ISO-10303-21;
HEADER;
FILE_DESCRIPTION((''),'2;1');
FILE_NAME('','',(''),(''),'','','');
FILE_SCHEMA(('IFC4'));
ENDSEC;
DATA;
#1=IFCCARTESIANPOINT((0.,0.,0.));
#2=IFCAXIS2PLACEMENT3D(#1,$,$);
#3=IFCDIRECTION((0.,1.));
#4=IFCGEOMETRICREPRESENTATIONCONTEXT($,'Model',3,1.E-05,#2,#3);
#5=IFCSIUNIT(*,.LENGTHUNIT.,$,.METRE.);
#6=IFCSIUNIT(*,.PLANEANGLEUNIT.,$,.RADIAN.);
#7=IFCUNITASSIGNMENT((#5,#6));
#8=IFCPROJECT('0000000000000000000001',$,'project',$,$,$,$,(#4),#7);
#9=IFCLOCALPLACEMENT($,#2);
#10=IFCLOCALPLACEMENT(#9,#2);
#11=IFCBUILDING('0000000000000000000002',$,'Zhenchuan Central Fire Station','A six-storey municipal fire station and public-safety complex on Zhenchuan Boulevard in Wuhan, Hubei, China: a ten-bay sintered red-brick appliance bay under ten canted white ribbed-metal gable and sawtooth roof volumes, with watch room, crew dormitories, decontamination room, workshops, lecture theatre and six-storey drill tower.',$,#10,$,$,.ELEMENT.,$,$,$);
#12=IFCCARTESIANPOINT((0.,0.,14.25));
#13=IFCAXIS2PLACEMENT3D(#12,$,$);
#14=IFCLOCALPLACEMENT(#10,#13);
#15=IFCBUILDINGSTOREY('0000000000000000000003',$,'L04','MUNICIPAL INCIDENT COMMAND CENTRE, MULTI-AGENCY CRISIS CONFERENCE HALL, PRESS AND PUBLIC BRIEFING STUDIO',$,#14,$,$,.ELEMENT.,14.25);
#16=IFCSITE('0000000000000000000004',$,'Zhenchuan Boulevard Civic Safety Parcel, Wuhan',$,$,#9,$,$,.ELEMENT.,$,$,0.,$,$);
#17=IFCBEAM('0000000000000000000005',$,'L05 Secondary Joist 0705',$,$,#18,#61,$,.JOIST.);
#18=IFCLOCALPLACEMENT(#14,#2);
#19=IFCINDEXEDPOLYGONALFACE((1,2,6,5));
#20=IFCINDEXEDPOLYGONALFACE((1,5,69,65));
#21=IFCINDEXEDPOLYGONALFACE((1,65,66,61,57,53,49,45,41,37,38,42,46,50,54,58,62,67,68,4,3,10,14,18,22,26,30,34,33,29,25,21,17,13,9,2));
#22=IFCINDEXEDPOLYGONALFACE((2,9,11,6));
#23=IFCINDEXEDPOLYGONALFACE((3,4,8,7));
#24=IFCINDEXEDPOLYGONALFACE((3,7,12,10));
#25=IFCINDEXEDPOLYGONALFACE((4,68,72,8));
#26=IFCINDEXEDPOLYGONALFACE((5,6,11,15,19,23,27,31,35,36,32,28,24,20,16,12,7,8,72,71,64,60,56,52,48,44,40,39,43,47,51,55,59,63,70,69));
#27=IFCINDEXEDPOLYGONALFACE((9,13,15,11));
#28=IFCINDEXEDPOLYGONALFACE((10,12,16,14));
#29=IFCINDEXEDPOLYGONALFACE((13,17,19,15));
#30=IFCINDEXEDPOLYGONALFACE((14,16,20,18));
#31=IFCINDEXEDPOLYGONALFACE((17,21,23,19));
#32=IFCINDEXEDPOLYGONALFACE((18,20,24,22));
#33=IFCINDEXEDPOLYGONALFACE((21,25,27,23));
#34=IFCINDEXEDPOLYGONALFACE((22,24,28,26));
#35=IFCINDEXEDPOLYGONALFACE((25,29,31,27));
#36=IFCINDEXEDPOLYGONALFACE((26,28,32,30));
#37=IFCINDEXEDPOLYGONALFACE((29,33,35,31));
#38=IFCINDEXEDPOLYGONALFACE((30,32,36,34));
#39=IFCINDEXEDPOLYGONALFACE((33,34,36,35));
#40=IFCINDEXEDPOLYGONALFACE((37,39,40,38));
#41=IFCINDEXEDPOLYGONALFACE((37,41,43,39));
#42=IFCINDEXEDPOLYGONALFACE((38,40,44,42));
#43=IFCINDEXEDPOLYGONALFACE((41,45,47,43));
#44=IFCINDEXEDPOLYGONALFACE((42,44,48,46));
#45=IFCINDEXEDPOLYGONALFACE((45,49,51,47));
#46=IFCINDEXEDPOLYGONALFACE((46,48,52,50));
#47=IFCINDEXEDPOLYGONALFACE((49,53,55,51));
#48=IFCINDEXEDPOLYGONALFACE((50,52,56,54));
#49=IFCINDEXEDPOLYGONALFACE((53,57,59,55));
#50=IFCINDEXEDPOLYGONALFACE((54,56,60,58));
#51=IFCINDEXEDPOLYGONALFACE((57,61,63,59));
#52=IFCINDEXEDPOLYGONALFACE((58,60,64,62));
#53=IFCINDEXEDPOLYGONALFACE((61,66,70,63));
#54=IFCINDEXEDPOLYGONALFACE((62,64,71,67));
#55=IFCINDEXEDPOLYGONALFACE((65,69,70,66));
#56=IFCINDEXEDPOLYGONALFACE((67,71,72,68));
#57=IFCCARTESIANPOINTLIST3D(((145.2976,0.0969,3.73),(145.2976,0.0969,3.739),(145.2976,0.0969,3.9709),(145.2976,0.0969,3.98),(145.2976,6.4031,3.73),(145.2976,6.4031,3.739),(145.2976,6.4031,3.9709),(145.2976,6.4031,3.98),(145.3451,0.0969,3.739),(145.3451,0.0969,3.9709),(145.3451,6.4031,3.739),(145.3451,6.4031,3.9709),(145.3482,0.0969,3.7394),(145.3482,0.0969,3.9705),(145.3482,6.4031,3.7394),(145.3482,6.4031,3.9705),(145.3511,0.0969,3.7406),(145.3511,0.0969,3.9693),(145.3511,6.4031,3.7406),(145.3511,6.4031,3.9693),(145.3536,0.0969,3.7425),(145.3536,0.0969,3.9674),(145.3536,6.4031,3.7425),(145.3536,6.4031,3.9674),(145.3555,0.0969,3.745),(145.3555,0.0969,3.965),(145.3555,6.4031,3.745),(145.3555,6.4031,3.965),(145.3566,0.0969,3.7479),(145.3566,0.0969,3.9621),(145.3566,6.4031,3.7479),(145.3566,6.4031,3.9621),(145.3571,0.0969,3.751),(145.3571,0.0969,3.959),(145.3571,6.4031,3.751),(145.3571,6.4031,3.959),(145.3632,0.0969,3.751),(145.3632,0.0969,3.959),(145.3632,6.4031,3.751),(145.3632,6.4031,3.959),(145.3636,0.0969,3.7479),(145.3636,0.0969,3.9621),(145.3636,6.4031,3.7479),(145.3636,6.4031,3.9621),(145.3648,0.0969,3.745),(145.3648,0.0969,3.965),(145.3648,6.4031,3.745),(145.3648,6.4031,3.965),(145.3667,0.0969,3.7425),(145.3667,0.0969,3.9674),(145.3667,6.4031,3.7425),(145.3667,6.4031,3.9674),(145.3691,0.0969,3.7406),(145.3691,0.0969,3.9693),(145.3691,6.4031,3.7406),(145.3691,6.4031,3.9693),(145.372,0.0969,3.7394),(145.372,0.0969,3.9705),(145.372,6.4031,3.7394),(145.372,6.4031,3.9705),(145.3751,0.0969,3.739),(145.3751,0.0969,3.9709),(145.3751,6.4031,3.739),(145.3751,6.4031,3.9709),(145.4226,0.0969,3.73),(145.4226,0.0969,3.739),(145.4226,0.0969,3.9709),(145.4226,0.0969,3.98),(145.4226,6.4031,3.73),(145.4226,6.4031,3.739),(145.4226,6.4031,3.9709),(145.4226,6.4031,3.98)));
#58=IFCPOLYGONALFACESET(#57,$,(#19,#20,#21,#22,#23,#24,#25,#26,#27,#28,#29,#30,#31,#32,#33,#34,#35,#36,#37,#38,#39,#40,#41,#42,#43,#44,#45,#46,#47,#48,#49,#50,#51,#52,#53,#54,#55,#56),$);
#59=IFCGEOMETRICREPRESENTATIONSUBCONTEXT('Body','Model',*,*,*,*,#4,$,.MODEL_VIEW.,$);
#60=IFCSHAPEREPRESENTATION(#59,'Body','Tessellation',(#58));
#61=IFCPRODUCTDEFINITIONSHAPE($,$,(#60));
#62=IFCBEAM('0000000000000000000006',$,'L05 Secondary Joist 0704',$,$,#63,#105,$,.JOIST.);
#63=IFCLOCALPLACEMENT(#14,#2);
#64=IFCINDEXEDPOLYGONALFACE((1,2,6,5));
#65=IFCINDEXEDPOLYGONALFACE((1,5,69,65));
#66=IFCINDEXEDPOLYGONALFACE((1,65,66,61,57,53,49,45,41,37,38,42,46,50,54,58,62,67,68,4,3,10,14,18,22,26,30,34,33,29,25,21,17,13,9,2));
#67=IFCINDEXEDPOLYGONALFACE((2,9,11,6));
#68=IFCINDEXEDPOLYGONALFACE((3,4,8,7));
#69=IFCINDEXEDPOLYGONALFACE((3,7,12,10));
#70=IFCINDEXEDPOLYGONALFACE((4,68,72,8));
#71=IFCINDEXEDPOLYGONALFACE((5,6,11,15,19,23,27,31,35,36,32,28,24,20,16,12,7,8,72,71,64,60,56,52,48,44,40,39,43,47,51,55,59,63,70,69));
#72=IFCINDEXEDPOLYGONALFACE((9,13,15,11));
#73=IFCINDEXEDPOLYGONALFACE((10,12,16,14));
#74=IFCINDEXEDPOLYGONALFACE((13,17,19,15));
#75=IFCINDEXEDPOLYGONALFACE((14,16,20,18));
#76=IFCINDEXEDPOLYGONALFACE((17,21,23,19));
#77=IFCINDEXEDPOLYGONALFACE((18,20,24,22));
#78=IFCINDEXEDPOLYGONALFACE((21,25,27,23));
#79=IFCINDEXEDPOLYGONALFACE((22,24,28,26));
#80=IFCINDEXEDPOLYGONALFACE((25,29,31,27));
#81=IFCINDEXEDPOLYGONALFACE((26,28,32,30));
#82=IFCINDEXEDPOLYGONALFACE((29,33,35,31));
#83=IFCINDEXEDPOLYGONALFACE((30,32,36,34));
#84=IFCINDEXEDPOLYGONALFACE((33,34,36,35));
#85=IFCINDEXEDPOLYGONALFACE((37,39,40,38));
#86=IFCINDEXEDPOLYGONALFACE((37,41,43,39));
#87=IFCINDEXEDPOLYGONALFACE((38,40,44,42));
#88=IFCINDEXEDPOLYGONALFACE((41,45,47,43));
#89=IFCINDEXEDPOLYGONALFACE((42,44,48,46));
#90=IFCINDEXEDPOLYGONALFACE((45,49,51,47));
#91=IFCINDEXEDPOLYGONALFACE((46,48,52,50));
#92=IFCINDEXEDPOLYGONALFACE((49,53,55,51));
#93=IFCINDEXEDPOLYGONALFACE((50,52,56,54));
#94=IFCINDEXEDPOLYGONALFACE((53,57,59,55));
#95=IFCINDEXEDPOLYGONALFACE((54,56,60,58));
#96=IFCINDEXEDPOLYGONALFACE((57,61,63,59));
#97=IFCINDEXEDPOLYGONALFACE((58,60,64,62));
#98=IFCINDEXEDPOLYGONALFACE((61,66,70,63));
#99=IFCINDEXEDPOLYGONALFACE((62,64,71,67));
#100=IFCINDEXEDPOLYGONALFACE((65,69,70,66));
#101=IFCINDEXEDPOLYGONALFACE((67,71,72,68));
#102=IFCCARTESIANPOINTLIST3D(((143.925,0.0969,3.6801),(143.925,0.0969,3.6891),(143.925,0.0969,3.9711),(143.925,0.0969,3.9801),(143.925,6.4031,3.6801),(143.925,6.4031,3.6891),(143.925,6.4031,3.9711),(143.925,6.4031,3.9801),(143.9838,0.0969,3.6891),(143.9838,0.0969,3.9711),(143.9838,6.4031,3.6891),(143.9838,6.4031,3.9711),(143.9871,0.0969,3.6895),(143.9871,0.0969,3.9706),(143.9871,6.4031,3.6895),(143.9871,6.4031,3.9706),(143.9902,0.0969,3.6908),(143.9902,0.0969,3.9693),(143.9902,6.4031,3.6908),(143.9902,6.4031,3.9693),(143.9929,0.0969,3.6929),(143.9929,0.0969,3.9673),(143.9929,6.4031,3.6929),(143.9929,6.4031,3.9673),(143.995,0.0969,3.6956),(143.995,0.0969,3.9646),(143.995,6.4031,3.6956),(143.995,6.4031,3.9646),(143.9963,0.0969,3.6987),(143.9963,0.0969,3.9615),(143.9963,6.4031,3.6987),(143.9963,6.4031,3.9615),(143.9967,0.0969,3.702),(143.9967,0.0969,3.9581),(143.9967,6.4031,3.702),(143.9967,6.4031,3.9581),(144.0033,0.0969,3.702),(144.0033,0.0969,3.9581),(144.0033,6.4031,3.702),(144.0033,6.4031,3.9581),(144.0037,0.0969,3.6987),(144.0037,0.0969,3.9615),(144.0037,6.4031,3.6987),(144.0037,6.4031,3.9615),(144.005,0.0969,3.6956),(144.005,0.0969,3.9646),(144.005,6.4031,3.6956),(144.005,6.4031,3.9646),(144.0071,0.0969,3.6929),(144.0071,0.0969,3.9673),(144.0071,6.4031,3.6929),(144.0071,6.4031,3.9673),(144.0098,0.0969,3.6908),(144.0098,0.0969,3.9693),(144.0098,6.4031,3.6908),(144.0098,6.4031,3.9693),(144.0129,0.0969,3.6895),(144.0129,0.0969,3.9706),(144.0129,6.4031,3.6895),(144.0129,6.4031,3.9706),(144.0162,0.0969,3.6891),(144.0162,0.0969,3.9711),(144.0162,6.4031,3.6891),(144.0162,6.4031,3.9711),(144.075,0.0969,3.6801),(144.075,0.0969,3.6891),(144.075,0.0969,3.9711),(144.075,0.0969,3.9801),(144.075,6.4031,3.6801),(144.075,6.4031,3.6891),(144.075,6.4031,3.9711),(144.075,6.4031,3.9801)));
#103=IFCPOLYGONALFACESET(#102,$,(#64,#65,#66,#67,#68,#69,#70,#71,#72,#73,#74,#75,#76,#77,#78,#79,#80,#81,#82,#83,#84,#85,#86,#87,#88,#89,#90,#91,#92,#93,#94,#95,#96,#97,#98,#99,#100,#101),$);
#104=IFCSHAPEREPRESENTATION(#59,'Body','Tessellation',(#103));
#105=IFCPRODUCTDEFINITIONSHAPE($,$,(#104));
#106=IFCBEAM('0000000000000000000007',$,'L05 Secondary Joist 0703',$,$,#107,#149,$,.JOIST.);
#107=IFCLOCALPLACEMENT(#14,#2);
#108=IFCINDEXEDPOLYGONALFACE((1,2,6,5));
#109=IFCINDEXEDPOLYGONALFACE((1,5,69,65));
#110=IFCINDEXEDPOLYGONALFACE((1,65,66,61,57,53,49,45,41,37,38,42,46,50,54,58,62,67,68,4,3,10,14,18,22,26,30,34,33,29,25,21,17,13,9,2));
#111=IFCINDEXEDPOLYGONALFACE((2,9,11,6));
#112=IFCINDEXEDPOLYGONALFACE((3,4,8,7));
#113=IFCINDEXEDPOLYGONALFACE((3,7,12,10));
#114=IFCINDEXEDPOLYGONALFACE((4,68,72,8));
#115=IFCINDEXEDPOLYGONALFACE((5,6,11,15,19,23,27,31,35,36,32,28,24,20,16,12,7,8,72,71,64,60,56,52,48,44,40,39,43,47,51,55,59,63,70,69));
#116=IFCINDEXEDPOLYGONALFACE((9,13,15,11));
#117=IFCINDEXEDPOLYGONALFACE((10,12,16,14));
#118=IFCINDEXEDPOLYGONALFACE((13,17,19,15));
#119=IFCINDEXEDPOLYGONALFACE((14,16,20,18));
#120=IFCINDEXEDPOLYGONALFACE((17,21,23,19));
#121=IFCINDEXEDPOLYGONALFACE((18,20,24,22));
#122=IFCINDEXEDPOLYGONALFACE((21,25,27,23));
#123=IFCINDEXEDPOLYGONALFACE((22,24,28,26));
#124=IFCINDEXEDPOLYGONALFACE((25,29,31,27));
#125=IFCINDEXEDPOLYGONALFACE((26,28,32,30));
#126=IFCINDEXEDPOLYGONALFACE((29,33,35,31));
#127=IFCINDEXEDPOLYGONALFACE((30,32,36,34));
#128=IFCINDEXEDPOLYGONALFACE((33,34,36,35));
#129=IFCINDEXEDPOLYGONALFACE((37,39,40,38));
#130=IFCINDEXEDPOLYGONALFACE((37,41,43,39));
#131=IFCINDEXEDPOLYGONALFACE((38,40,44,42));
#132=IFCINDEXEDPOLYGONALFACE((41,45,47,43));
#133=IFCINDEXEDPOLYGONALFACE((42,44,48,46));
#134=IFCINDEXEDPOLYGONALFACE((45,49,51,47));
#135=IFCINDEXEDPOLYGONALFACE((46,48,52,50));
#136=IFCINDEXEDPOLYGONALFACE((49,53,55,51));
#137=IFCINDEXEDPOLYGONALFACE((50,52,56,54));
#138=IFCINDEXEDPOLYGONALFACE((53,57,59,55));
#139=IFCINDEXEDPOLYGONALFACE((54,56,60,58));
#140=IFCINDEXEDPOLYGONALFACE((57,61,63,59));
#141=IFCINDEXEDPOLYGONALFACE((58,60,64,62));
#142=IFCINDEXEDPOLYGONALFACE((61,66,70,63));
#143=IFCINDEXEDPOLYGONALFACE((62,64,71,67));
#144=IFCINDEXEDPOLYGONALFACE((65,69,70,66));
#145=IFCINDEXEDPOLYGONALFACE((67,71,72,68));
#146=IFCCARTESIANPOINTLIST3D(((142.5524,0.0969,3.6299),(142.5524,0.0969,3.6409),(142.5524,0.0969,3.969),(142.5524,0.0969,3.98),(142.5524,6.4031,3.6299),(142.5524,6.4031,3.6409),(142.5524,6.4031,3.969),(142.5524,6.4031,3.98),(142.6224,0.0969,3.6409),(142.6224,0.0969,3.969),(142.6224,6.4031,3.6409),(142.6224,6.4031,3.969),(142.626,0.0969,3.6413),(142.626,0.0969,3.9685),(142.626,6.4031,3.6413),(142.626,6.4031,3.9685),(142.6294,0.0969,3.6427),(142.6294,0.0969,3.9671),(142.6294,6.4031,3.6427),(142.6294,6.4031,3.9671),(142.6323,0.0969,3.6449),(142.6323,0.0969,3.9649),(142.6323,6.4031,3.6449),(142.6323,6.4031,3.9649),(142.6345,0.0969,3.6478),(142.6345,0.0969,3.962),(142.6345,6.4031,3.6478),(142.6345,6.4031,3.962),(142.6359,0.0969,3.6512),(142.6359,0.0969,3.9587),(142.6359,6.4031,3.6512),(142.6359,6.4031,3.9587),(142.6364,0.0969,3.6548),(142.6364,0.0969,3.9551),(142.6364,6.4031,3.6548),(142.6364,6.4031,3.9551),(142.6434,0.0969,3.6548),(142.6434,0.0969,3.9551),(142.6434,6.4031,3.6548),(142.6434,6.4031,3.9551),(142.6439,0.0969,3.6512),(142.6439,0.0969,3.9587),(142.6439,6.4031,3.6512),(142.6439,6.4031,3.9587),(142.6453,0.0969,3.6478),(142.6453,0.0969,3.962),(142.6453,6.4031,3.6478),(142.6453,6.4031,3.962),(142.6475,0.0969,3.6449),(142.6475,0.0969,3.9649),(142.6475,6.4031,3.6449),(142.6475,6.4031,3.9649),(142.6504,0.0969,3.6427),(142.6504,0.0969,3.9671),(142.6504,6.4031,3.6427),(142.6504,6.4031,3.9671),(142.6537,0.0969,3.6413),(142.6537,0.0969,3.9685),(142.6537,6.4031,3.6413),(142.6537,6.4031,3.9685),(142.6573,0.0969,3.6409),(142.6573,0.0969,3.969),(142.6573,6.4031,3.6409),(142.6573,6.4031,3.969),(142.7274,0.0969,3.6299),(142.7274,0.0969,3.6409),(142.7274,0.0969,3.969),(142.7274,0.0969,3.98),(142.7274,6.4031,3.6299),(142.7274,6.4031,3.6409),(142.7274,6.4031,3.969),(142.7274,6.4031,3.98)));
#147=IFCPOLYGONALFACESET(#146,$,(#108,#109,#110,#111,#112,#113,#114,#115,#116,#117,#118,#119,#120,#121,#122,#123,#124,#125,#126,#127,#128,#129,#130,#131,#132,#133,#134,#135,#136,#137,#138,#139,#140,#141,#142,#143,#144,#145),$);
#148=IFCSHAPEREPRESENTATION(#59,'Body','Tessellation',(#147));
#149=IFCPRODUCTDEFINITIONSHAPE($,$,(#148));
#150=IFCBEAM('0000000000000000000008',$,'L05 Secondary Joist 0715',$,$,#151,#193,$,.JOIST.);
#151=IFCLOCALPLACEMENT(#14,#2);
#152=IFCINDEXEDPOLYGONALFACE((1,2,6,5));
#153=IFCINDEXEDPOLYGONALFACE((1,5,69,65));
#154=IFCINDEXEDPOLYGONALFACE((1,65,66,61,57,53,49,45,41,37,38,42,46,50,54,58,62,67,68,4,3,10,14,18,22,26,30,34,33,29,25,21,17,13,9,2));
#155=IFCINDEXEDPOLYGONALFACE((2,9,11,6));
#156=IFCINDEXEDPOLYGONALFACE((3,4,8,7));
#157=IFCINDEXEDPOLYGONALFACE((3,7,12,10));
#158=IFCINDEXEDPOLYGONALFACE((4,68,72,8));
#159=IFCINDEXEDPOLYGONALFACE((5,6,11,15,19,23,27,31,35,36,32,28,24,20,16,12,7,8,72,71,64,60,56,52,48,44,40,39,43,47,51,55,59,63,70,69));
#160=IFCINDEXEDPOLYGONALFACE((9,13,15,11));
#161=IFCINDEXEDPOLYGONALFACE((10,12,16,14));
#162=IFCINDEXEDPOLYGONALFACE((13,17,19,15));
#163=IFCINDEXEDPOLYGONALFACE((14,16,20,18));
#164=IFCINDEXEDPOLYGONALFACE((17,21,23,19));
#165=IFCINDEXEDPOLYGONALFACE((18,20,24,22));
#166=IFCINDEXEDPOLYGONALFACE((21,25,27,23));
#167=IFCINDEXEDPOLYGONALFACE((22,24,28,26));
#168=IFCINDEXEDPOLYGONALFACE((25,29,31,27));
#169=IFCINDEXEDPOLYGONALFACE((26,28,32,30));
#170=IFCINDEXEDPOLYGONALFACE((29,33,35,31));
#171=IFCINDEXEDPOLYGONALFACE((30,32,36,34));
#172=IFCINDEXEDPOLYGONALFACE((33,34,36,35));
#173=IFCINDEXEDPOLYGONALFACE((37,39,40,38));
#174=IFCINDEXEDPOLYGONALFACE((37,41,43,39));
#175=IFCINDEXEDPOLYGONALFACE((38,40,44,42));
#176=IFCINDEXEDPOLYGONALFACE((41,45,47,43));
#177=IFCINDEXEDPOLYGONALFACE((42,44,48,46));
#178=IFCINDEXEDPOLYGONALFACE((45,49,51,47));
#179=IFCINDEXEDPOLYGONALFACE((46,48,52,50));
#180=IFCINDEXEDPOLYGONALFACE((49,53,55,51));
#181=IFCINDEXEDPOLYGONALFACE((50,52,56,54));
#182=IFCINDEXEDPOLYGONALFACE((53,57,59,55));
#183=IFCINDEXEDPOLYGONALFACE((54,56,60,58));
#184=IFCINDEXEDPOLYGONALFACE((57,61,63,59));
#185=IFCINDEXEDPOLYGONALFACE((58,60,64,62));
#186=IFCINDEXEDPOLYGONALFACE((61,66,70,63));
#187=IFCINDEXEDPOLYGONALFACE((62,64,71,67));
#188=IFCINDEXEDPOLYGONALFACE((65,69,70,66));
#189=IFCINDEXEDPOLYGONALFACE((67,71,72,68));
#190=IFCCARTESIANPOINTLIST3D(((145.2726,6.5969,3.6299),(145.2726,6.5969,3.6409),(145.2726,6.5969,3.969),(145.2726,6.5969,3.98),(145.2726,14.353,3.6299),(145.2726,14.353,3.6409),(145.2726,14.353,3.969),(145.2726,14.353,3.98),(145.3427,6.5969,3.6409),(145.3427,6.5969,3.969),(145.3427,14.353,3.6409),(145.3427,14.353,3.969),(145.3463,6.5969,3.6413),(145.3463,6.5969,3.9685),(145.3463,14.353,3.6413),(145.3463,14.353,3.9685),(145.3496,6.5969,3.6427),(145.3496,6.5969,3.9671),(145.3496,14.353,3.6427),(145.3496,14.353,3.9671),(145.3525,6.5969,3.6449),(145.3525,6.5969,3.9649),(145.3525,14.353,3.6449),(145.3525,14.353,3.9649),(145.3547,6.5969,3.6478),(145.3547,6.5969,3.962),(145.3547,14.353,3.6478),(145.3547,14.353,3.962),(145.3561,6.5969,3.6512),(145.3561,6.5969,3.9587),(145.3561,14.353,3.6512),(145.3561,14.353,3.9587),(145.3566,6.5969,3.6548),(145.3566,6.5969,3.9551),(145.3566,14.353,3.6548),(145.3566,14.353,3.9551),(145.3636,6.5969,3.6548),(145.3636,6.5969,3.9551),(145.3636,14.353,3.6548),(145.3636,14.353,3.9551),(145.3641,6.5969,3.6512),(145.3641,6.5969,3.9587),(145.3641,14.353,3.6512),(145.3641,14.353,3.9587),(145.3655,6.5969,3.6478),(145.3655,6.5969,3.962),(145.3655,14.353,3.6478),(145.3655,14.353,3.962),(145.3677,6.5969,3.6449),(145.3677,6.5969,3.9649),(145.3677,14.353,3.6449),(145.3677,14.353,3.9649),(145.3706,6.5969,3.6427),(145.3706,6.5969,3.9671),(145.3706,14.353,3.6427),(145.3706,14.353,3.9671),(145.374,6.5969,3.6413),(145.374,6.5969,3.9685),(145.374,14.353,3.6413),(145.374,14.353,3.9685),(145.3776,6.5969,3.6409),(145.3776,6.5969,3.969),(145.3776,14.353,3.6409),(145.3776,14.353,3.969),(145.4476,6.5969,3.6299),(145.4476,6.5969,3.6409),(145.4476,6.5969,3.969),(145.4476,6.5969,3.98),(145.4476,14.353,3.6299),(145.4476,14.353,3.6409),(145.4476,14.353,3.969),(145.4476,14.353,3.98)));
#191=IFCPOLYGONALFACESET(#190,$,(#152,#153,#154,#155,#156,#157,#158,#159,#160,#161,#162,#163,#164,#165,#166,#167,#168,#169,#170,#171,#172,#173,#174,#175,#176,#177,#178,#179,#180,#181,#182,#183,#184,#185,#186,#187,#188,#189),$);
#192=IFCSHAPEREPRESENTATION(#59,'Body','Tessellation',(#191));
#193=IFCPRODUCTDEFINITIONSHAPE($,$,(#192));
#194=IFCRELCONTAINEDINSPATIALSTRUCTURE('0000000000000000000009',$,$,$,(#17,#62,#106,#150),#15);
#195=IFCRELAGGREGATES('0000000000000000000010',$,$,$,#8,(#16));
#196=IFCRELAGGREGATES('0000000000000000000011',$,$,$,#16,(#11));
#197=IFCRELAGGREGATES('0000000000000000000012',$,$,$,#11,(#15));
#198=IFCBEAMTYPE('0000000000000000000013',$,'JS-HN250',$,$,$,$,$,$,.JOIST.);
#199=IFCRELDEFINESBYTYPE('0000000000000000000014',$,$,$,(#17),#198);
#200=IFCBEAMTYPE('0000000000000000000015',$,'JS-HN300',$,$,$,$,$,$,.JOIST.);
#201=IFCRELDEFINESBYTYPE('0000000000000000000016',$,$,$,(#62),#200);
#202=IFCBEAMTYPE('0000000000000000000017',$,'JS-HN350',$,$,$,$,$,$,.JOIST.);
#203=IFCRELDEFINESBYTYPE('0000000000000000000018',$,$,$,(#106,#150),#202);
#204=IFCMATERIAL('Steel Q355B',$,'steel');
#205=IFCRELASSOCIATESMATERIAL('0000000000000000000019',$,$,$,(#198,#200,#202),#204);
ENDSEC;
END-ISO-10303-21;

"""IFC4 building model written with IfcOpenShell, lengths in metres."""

from ifc_helpers import new_model, si_unit, direction, frame, origin, origin_2d, place, context, subcontext, project, spatial, i_section, extrude, material, material_profile, profile_set, type_object, element, save


model = new_model("IFC4")

# Units and contexts
model_context = context("Model", 3, precision=1e-05, world=origin(), true_north=direction((0.0, 1.0)))
body_context = subcontext(model_context, "Body", "Model", "MODEL_VIEW")
ifc_project = project(units=[si_unit("LENGTHUNIT", "METRE"), si_unit("PLANEANGLEUNIT", "RADIAN")], contexts=[model_context])

# Site, building, storey
site_placement = place(None, origin())
site = spatial("IfcSite", under=ifc_project, at=site_placement, Name="Zhenchuan Boulevard Civic Safety Parcel, Wuhan", CompositionType="ELEMENT", RefElevation=0.0)
building_placement = place(site_placement, origin())
building = spatial("IfcBuilding", under=site, at=building_placement, Name="Zhenchuan Central Fire Station", Description="A six-storey municipal fire station and public-safety complex on Zhenchuan Boulevard in Wuhan, Hubei, China: a ten-bay sintered red-brick appliance bay under ten canted white ribbed-metal gable and sawtooth roof volumes, with watch room, crew dormitories, decontamination room, workshops, lecture theatre and six-storey drill tower.", CompositionType="ELEMENT")
storey_placement = place(building_placement, frame((0.0, 0.0, 14.25)))
storey = spatial("IfcBuildingStorey", under=building, at=storey_placement, Name="L04", Description="MUNICIPAL INCIDENT COMMAND CENTRE, MULTI-AGENCY CRISIS CONFERENCE HALL, PRESS AND PUBLIC BRIEFING STUDIO", CompositionType="ELEMENT", Elevation=14.25)

# Shared definitions
ifc_material_1 = material(Name="Steel Q355B", Category="steel")

# Beams
ifc_material_profile_1 = material_profile(ifc_material_1, i_section(OverallWidth=0.125, OverallDepth=0.25, WebThickness=0.0061, FlangeThickness=0.009, FilletRadius=0.012, at=origin_2d()), Name="HN 250x125")
ifc_profile_set_1 = profile_set([ifc_material_profile_1], Name="Steel Q355B")
beam_type_1 = type_object("IfcBeamType", Name="JS-HN250", PredefinedType="JOIST", material=ifc_profile_set_1)
beam_1_placement = place(storey_placement, frame((145.3601, 0.0969, 3.855), z_axis=(0.0, 1.0, 0.0), x_axis=(-1.0, 0.0, 0.0)))
element("IfcBeam", 1, at=beam_1_placement, inside=storey, type_object=beam_type_1, Name="L05 Secondary Joist 0705", PredefinedType="JOIST", context=body_context, shape_type="SweptSolid", body=[
    extrude(i_section(OverallWidth=0.125, OverallDepth=0.25, WebThickness=0.0061, FlangeThickness=0.009, FilletRadius=0.012, at=origin_2d()), origin(), (0.0, 0.0, 1.0), 6.3062),
])
ifc_material_profile_2 = material_profile(ifc_material_1, i_section(OverallWidth=0.1499, OverallDepth=0.3, WebThickness=0.0066, FlangeThickness=0.009, FilletRadius=0.0129, at=origin_2d()), Name="HN 300x150")
ifc_profile_set_2 = profile_set([ifc_material_profile_2], Name="Steel Q355B")
beam_type_2 = type_object("IfcBeamType", Name="JS-HN300", PredefinedType="JOIST", material=ifc_profile_set_2)
beam_2_placement = place(storey_placement, frame((144.0, 0.0969, 3.8301), z_axis=(0.0, 1.0, 0.0), x_axis=(-1.0, 0.0, 0.0)))
element("IfcBeam", 2, at=beam_2_placement, inside=storey, type_object=beam_type_2, Name="L05 Secondary Joist 0704", PredefinedType="JOIST", context=body_context, shape_type="SweptSolid", body=[
    extrude(i_section(OverallWidth=0.1499, OverallDepth=0.3, WebThickness=0.0066, FlangeThickness=0.009, FilletRadius=0.0129, at=origin_2d()), origin(), (0.0, 0.0, 1.0), 6.3062),
])
ifc_material_profile_3 = material_profile(ifc_material_1, i_section(OverallWidth=0.175, OverallDepth=0.3501, WebThickness=0.0071, FlangeThickness=0.011, FilletRadius=0.0139, at=origin_2d()), Name="HN 350x175")
ifc_profile_set_3 = profile_set([ifc_material_profile_3], Name="Steel Q355B")
beam_type_3 = type_object("IfcBeamType", Name="JS-HN350", PredefinedType="JOIST", material=ifc_profile_set_3)
beam_3_placement = place(storey_placement, frame((142.6399, 0.0969, 3.8049), z_axis=(0.0, 1.0, 0.0), x_axis=(-1.0, 0.0, 0.0)))
element("IfcBeam", 3, at=beam_3_placement, inside=storey, type_object=beam_type_3, Name="L05 Secondary Joist 0703", PredefinedType="JOIST", context=body_context, shape_type="SweptSolid", body=[
    extrude(i_section(OverallWidth=0.175, OverallDepth=0.3501, WebThickness=0.0071, FlangeThickness=0.011, FilletRadius=0.0139, at=origin_2d()), origin(), (0.0, 0.0, 1.0), 6.3062),
])
beam_4_placement = place(storey_placement, frame((145.3601, 6.5969, 3.8049), z_axis=(0.0, 1.0, 0.0), x_axis=(-1.0, 0.0, 0.0)))
element("IfcBeam", 4, at=beam_4_placement, inside=storey, type_object=beam_type_3, Name="L05 Secondary Joist 0715", PredefinedType="JOIST", context=body_context, shape_type="SweptSolid", body=[
    extrude(i_section(OverallWidth=0.175, OverallDepth=0.3501, WebThickness=0.0071, FlangeThickness=0.011, FilletRadius=0.0139, at=origin_2d()), origin(), (0.0, 0.0, 1.0), 7.7561),
])

save(model, "model.ifc")
